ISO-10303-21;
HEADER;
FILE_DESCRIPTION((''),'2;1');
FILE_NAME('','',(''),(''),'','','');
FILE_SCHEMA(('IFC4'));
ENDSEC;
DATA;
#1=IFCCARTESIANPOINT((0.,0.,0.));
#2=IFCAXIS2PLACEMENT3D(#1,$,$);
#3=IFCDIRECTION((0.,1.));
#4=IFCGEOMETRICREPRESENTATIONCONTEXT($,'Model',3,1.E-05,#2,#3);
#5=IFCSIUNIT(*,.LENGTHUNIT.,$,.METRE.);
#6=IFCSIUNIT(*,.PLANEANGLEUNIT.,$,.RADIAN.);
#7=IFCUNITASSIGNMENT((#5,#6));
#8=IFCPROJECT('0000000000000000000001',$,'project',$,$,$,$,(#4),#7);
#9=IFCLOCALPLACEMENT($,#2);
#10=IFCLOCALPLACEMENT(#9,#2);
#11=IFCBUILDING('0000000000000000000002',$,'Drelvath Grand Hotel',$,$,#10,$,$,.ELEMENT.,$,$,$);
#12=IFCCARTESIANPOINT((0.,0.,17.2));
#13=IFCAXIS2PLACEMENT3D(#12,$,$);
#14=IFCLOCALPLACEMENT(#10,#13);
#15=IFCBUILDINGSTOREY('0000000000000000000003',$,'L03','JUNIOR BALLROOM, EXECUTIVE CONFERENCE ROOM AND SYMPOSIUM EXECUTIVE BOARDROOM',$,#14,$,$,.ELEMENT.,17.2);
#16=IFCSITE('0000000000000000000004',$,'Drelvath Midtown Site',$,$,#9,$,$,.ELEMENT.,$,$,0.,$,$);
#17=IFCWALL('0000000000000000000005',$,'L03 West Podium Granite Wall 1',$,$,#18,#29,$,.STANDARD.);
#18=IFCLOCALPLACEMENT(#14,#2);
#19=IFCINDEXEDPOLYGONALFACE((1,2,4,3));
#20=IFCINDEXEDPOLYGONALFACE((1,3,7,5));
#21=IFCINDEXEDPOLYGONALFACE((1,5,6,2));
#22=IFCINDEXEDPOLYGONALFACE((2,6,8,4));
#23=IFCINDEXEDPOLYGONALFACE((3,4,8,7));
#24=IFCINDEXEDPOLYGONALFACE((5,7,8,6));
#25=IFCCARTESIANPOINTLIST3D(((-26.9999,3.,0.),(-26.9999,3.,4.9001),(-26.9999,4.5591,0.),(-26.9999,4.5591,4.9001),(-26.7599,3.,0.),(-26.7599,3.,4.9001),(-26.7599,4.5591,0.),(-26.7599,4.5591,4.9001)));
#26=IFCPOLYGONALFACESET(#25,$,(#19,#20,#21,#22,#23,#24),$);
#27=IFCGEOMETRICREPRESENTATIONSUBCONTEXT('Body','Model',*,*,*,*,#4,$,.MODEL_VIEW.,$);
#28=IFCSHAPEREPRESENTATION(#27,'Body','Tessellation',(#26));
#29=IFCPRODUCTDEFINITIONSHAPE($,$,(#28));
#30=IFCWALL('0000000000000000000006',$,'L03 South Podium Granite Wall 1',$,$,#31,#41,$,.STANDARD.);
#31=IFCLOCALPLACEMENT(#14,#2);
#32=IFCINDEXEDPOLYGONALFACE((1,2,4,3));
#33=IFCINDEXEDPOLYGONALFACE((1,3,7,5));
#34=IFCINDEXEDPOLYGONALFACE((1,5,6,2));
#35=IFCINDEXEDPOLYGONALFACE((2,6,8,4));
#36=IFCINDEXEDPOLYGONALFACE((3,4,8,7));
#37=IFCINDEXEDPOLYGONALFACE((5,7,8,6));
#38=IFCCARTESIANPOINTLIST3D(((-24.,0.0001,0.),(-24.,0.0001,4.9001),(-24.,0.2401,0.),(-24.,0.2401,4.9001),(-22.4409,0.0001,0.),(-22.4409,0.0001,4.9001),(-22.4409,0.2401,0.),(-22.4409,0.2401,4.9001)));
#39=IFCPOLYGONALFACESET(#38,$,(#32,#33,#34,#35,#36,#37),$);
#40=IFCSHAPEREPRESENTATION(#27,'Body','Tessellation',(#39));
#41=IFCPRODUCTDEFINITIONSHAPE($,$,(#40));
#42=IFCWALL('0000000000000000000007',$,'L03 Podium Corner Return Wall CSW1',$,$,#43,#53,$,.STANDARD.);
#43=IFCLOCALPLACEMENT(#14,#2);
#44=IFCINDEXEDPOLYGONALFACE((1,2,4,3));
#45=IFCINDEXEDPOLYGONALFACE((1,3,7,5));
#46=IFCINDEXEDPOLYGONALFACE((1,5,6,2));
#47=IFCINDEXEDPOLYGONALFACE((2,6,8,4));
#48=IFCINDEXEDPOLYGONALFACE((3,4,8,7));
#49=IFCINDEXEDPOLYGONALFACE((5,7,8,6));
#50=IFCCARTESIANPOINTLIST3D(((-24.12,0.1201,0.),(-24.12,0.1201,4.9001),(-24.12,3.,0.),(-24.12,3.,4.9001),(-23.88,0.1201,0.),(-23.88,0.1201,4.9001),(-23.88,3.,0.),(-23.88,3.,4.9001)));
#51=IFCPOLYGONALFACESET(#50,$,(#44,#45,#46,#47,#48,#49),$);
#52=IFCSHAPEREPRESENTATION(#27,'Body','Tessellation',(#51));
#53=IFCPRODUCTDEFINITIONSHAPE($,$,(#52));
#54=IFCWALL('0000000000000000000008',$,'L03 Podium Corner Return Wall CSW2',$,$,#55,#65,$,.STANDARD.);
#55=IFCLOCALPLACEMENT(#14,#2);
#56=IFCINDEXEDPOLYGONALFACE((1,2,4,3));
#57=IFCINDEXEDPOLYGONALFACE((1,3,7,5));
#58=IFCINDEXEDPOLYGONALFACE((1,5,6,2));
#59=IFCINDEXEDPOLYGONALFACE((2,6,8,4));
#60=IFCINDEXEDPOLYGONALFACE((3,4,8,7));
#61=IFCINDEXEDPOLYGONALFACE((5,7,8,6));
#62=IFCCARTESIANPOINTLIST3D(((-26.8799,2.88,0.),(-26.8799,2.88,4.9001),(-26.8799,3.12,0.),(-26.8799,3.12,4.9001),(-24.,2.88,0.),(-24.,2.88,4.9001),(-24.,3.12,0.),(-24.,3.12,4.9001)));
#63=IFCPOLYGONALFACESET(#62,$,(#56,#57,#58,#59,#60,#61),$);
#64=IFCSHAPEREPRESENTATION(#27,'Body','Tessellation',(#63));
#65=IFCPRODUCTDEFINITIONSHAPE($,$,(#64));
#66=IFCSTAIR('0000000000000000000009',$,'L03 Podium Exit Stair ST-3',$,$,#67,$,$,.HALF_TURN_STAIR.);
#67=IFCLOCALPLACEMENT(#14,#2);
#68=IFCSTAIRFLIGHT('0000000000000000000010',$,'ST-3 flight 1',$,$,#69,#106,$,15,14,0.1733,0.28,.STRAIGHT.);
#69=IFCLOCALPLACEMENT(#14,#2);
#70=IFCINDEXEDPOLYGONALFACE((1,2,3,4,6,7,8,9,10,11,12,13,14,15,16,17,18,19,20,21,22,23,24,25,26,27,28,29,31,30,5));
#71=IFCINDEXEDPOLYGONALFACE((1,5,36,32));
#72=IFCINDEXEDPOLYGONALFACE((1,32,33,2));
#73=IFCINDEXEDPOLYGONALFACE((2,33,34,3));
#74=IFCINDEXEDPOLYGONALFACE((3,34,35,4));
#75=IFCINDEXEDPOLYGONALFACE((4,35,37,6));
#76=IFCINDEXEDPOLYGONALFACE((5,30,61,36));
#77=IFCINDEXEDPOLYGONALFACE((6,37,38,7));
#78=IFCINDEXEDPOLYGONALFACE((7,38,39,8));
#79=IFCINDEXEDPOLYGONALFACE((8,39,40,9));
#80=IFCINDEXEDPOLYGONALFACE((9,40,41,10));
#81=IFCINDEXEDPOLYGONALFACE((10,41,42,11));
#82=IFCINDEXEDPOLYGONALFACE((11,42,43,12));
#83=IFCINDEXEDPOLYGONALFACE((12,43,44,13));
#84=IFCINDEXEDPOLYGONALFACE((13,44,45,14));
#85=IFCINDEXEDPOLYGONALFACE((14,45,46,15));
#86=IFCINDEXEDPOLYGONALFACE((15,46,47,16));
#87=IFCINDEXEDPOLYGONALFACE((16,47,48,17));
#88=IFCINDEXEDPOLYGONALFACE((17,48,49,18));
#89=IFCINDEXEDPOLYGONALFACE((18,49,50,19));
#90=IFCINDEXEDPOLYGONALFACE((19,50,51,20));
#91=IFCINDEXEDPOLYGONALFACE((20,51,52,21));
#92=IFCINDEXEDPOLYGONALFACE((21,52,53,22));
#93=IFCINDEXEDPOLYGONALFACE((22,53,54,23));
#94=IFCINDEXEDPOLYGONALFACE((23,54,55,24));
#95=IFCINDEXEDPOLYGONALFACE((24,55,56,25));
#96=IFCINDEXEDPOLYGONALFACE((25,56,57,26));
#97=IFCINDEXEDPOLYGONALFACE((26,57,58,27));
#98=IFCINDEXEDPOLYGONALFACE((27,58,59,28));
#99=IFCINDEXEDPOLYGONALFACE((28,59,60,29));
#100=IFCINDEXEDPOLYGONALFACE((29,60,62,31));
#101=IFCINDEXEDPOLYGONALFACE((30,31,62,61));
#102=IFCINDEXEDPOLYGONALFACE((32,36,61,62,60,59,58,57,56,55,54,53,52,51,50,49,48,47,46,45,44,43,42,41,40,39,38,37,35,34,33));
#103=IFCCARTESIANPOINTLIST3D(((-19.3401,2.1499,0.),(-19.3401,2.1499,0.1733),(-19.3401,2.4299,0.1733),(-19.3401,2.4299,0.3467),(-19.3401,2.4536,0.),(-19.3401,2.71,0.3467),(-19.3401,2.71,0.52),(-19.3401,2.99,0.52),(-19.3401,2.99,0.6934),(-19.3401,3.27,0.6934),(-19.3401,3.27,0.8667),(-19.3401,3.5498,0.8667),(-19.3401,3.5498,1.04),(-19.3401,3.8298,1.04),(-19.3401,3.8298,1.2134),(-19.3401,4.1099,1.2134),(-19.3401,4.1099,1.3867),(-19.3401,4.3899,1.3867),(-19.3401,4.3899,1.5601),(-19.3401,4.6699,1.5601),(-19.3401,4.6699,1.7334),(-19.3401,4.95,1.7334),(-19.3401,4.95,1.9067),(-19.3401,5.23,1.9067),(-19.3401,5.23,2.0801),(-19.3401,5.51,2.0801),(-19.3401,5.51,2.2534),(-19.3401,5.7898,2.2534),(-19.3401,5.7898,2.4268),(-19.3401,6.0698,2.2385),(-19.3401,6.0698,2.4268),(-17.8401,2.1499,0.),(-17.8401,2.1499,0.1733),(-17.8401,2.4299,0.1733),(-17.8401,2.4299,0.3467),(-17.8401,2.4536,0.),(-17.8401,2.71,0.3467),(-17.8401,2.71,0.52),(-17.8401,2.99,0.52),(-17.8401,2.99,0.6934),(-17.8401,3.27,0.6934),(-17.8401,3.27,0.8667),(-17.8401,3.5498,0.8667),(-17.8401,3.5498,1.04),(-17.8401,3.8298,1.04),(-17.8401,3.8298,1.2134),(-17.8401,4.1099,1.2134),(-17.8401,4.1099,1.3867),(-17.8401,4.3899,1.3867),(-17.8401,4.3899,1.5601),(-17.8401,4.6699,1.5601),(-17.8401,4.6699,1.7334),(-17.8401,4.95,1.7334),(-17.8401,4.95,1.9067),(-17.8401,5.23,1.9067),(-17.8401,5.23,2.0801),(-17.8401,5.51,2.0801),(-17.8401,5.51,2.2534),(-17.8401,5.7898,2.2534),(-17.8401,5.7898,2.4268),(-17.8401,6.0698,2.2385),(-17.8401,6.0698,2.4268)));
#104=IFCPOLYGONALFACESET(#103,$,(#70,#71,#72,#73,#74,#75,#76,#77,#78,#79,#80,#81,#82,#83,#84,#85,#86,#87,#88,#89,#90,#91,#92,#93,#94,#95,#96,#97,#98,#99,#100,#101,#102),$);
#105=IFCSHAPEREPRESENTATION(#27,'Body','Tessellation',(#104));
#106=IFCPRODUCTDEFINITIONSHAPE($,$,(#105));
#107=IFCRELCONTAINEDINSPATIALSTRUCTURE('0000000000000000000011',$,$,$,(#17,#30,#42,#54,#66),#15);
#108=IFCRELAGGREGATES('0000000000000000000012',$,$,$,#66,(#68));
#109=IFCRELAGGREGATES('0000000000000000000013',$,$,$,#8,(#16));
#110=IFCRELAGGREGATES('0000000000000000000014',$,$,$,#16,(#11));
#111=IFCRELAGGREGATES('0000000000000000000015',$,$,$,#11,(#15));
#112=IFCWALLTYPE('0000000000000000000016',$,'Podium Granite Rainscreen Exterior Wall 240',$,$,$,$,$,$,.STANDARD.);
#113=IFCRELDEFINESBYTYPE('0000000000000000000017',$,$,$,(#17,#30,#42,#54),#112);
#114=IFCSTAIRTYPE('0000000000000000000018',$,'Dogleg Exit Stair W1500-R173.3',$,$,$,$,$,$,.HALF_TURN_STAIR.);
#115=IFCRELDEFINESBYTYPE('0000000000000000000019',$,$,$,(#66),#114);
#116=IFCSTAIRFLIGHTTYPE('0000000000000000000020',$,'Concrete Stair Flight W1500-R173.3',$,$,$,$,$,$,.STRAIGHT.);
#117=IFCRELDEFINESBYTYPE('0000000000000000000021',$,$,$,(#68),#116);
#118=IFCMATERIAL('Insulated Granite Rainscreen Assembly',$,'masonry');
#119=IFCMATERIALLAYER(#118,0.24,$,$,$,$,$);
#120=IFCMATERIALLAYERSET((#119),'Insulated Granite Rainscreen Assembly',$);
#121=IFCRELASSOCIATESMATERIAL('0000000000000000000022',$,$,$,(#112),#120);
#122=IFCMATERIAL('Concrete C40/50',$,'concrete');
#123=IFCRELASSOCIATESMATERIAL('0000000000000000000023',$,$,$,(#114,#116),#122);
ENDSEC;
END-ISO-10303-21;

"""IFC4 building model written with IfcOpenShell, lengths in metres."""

from ifc_helpers import new_model, si_unit, direction, frame, frame_2d, origin, place, context, subcontext, project, spatial, polyline, rectangle, outline, extrude, material, layer, layer_set, type_object, element, aggregate, save


model = new_model("IFC4")

# Units and contexts
model_context = context("Model", 3, precision=1e-05, world=origin(), true_north=direction((0.0, 1.0)))
body_context = subcontext(model_context, "Body", "Model", "MODEL_VIEW")
ifc_project = project(units=[si_unit("LENGTHUNIT", "METRE"), si_unit("PLANEANGLEUNIT", "RADIAN")], contexts=[model_context])

# Site, building, storey
site_placement = place(None, origin())
site = spatial("IfcSite", under=ifc_project, at=site_placement, Name="Drelvath Midtown Site", CompositionType="ELEMENT", RefElevation=0.0)
building_placement = place(site_placement, origin())
building = spatial("IfcBuilding", under=site, at=building_placement, Name="Drelvath Grand Hotel", CompositionType="ELEMENT")
storey_placement = place(building_placement, frame((0.0, 0.0, 17.2)))
storey = spatial("IfcBuildingStorey", under=building, at=storey_placement, Name="L03", Description="JUNIOR BALLROOM, EXECUTIVE CONFERENCE ROOM AND SYMPOSIUM EXECUTIVE BOARDROOM", CompositionType="ELEMENT", Elevation=17.2)

# Shared definitions
ifc_material_1 = material(Name="Concrete C40/50", Category="concrete")

# Walls
ifc_material_2 = material(Name="Insulated Granite Rainscreen Assembly", Category="masonry")
ifc_layer_1 = layer(ifc_material_2, 0.24)
ifc_layer_set_1 = layer_set([ifc_layer_1], Name="Insulated Granite Rainscreen Assembly")
wall_type_1 = type_object("IfcWallType", Name="Podium Granite Rainscreen Exterior Wall 240", PredefinedType="STANDARD", material=ifc_layer_set_1)
for number, where, z_axis, x_axis, name in (
    (1, (-26.8799, 3.0, 0.0), (0.0, 0.0, 1.0), (0.0, 1.0, 0.0), "L03 West Podium Granite Wall 1"),
    (2, (-22.4409, 0.1201, 0.0), (0.0, 0.0, 1.0), (-1.0, 0.0, 0.0), "L03 South Podium Granite Wall 1"),
):
    element("IfcWall", number, at=place(storey_placement, frame(where, z_axis=z_axis, x_axis=x_axis)), inside=storey, type_object=wall_type_1, Name=name, PredefinedType="STANDARD", context=body_context, shape_type="SweptSolid", body=[
        extrude(rectangle(XDim=1.5591, YDim=0.24, at=frame_2d((0.7795, 0.0))), origin(), (0.0, 0.0, 1.0), 4.9001),
    ])
for number, where, z_axis, x_axis, name in (
    (3, (-24.0, 0.1201, 0.0), (0.0, 0.0, 1.0), (0.0, 1.0, 0.0), "L03 Podium Corner Return Wall CSW1"),
    (4, (-24.0, 3.0, 0.0), (0.0, 0.0, 1.0), (-1.0, 0.0, 0.0), "L03 Podium Corner Return Wall CSW2"),
):
    element("IfcWall", number, at=place(storey_placement, frame(where, z_axis=z_axis, x_axis=x_axis)), inside=storey, type_object=wall_type_1, Name=name, PredefinedType="STANDARD", context=body_context, shape_type="SweptSolid", body=[
        extrude(rectangle(XDim=2.8799, YDim=0.24, at=frame_2d((1.4399, 0.0))), origin(), (0.0, 0.0, 1.0), 4.9001),
    ])

# Stair, stair flight
stair_type = type_object("IfcStairType", Name="Dogleg Exit Stair W1500-R173.3", PredefinedType="HALF_TURN_STAIR", material=ifc_material_1)
stair_placement = place(storey_placement, origin())
stair = element("IfcStair", 5, at=stair_placement, inside=storey, type_object=stair_type, Name="L03 Podium Exit Stair ST-3", PredefinedType="HALF_TURN_STAIR")
stair_flight_type = type_object("IfcStairFlightType", Name="Concrete Stair Flight W1500-R173.3", PredefinedType="STRAIGHT", material=ifc_material_1)
stair_flight_placement = place(storey_placement, frame((-18.5901, 2.1499, 0.0), z_axis=(0.0, 0.0, 1.0), x_axis=(0.0, 1.0, 0.0)))
stair_flight = element("IfcStairFlight", 6, at=stair_flight_placement, type_object=stair_flight_type, Name="ST-3 flight 1", NumberOfRisers=15, NumberOfTreads=14, PredefinedType="STRAIGHT", RiserHeight=0.1733, TreadLength=0.28, context=body_context, shape_type="SweptSolid", body=[
    extrude(outline(polyline([(0.0, 0.0), (0.0, 0.1733), (0.28, 0.1733), (0.28, 0.3467), (0.5601, 0.3467), (0.5601, 0.52), (0.8401, 0.52), (0.8401, 0.6934), (1.1201, 0.6934), (1.1201, 0.8667), (1.3999, 0.8667), (1.3999, 1.04), (1.6799, 1.04), (1.6799, 1.2134), (1.96, 1.2134), (1.96, 1.3867), (2.24, 1.3867), (2.24, 1.5601), (2.52, 1.5601), (2.52, 1.7334), (2.8, 1.7334), (2.8, 1.9067), (3.0801, 1.9067), (3.0801, 2.0801), (3.3601, 2.0801), (3.3601, 2.2534), (3.6399, 2.2534), (3.6399, 2.4268), (3.9199, 2.4268), (3.9199, 2.6001), (3.9199, 2.2385), (0.3037, 0.0), (0.0, 0.0)])), frame((0.0, 0.75, 0.0), z_axis=(0.0, -1.0, 0.0), x_axis=(1.0, 0.0, 0.0)), (0.0, 0.0, 1.0), 1.5),
])
aggregate(stair, [stair_flight])

save(model, "model.ifc")
